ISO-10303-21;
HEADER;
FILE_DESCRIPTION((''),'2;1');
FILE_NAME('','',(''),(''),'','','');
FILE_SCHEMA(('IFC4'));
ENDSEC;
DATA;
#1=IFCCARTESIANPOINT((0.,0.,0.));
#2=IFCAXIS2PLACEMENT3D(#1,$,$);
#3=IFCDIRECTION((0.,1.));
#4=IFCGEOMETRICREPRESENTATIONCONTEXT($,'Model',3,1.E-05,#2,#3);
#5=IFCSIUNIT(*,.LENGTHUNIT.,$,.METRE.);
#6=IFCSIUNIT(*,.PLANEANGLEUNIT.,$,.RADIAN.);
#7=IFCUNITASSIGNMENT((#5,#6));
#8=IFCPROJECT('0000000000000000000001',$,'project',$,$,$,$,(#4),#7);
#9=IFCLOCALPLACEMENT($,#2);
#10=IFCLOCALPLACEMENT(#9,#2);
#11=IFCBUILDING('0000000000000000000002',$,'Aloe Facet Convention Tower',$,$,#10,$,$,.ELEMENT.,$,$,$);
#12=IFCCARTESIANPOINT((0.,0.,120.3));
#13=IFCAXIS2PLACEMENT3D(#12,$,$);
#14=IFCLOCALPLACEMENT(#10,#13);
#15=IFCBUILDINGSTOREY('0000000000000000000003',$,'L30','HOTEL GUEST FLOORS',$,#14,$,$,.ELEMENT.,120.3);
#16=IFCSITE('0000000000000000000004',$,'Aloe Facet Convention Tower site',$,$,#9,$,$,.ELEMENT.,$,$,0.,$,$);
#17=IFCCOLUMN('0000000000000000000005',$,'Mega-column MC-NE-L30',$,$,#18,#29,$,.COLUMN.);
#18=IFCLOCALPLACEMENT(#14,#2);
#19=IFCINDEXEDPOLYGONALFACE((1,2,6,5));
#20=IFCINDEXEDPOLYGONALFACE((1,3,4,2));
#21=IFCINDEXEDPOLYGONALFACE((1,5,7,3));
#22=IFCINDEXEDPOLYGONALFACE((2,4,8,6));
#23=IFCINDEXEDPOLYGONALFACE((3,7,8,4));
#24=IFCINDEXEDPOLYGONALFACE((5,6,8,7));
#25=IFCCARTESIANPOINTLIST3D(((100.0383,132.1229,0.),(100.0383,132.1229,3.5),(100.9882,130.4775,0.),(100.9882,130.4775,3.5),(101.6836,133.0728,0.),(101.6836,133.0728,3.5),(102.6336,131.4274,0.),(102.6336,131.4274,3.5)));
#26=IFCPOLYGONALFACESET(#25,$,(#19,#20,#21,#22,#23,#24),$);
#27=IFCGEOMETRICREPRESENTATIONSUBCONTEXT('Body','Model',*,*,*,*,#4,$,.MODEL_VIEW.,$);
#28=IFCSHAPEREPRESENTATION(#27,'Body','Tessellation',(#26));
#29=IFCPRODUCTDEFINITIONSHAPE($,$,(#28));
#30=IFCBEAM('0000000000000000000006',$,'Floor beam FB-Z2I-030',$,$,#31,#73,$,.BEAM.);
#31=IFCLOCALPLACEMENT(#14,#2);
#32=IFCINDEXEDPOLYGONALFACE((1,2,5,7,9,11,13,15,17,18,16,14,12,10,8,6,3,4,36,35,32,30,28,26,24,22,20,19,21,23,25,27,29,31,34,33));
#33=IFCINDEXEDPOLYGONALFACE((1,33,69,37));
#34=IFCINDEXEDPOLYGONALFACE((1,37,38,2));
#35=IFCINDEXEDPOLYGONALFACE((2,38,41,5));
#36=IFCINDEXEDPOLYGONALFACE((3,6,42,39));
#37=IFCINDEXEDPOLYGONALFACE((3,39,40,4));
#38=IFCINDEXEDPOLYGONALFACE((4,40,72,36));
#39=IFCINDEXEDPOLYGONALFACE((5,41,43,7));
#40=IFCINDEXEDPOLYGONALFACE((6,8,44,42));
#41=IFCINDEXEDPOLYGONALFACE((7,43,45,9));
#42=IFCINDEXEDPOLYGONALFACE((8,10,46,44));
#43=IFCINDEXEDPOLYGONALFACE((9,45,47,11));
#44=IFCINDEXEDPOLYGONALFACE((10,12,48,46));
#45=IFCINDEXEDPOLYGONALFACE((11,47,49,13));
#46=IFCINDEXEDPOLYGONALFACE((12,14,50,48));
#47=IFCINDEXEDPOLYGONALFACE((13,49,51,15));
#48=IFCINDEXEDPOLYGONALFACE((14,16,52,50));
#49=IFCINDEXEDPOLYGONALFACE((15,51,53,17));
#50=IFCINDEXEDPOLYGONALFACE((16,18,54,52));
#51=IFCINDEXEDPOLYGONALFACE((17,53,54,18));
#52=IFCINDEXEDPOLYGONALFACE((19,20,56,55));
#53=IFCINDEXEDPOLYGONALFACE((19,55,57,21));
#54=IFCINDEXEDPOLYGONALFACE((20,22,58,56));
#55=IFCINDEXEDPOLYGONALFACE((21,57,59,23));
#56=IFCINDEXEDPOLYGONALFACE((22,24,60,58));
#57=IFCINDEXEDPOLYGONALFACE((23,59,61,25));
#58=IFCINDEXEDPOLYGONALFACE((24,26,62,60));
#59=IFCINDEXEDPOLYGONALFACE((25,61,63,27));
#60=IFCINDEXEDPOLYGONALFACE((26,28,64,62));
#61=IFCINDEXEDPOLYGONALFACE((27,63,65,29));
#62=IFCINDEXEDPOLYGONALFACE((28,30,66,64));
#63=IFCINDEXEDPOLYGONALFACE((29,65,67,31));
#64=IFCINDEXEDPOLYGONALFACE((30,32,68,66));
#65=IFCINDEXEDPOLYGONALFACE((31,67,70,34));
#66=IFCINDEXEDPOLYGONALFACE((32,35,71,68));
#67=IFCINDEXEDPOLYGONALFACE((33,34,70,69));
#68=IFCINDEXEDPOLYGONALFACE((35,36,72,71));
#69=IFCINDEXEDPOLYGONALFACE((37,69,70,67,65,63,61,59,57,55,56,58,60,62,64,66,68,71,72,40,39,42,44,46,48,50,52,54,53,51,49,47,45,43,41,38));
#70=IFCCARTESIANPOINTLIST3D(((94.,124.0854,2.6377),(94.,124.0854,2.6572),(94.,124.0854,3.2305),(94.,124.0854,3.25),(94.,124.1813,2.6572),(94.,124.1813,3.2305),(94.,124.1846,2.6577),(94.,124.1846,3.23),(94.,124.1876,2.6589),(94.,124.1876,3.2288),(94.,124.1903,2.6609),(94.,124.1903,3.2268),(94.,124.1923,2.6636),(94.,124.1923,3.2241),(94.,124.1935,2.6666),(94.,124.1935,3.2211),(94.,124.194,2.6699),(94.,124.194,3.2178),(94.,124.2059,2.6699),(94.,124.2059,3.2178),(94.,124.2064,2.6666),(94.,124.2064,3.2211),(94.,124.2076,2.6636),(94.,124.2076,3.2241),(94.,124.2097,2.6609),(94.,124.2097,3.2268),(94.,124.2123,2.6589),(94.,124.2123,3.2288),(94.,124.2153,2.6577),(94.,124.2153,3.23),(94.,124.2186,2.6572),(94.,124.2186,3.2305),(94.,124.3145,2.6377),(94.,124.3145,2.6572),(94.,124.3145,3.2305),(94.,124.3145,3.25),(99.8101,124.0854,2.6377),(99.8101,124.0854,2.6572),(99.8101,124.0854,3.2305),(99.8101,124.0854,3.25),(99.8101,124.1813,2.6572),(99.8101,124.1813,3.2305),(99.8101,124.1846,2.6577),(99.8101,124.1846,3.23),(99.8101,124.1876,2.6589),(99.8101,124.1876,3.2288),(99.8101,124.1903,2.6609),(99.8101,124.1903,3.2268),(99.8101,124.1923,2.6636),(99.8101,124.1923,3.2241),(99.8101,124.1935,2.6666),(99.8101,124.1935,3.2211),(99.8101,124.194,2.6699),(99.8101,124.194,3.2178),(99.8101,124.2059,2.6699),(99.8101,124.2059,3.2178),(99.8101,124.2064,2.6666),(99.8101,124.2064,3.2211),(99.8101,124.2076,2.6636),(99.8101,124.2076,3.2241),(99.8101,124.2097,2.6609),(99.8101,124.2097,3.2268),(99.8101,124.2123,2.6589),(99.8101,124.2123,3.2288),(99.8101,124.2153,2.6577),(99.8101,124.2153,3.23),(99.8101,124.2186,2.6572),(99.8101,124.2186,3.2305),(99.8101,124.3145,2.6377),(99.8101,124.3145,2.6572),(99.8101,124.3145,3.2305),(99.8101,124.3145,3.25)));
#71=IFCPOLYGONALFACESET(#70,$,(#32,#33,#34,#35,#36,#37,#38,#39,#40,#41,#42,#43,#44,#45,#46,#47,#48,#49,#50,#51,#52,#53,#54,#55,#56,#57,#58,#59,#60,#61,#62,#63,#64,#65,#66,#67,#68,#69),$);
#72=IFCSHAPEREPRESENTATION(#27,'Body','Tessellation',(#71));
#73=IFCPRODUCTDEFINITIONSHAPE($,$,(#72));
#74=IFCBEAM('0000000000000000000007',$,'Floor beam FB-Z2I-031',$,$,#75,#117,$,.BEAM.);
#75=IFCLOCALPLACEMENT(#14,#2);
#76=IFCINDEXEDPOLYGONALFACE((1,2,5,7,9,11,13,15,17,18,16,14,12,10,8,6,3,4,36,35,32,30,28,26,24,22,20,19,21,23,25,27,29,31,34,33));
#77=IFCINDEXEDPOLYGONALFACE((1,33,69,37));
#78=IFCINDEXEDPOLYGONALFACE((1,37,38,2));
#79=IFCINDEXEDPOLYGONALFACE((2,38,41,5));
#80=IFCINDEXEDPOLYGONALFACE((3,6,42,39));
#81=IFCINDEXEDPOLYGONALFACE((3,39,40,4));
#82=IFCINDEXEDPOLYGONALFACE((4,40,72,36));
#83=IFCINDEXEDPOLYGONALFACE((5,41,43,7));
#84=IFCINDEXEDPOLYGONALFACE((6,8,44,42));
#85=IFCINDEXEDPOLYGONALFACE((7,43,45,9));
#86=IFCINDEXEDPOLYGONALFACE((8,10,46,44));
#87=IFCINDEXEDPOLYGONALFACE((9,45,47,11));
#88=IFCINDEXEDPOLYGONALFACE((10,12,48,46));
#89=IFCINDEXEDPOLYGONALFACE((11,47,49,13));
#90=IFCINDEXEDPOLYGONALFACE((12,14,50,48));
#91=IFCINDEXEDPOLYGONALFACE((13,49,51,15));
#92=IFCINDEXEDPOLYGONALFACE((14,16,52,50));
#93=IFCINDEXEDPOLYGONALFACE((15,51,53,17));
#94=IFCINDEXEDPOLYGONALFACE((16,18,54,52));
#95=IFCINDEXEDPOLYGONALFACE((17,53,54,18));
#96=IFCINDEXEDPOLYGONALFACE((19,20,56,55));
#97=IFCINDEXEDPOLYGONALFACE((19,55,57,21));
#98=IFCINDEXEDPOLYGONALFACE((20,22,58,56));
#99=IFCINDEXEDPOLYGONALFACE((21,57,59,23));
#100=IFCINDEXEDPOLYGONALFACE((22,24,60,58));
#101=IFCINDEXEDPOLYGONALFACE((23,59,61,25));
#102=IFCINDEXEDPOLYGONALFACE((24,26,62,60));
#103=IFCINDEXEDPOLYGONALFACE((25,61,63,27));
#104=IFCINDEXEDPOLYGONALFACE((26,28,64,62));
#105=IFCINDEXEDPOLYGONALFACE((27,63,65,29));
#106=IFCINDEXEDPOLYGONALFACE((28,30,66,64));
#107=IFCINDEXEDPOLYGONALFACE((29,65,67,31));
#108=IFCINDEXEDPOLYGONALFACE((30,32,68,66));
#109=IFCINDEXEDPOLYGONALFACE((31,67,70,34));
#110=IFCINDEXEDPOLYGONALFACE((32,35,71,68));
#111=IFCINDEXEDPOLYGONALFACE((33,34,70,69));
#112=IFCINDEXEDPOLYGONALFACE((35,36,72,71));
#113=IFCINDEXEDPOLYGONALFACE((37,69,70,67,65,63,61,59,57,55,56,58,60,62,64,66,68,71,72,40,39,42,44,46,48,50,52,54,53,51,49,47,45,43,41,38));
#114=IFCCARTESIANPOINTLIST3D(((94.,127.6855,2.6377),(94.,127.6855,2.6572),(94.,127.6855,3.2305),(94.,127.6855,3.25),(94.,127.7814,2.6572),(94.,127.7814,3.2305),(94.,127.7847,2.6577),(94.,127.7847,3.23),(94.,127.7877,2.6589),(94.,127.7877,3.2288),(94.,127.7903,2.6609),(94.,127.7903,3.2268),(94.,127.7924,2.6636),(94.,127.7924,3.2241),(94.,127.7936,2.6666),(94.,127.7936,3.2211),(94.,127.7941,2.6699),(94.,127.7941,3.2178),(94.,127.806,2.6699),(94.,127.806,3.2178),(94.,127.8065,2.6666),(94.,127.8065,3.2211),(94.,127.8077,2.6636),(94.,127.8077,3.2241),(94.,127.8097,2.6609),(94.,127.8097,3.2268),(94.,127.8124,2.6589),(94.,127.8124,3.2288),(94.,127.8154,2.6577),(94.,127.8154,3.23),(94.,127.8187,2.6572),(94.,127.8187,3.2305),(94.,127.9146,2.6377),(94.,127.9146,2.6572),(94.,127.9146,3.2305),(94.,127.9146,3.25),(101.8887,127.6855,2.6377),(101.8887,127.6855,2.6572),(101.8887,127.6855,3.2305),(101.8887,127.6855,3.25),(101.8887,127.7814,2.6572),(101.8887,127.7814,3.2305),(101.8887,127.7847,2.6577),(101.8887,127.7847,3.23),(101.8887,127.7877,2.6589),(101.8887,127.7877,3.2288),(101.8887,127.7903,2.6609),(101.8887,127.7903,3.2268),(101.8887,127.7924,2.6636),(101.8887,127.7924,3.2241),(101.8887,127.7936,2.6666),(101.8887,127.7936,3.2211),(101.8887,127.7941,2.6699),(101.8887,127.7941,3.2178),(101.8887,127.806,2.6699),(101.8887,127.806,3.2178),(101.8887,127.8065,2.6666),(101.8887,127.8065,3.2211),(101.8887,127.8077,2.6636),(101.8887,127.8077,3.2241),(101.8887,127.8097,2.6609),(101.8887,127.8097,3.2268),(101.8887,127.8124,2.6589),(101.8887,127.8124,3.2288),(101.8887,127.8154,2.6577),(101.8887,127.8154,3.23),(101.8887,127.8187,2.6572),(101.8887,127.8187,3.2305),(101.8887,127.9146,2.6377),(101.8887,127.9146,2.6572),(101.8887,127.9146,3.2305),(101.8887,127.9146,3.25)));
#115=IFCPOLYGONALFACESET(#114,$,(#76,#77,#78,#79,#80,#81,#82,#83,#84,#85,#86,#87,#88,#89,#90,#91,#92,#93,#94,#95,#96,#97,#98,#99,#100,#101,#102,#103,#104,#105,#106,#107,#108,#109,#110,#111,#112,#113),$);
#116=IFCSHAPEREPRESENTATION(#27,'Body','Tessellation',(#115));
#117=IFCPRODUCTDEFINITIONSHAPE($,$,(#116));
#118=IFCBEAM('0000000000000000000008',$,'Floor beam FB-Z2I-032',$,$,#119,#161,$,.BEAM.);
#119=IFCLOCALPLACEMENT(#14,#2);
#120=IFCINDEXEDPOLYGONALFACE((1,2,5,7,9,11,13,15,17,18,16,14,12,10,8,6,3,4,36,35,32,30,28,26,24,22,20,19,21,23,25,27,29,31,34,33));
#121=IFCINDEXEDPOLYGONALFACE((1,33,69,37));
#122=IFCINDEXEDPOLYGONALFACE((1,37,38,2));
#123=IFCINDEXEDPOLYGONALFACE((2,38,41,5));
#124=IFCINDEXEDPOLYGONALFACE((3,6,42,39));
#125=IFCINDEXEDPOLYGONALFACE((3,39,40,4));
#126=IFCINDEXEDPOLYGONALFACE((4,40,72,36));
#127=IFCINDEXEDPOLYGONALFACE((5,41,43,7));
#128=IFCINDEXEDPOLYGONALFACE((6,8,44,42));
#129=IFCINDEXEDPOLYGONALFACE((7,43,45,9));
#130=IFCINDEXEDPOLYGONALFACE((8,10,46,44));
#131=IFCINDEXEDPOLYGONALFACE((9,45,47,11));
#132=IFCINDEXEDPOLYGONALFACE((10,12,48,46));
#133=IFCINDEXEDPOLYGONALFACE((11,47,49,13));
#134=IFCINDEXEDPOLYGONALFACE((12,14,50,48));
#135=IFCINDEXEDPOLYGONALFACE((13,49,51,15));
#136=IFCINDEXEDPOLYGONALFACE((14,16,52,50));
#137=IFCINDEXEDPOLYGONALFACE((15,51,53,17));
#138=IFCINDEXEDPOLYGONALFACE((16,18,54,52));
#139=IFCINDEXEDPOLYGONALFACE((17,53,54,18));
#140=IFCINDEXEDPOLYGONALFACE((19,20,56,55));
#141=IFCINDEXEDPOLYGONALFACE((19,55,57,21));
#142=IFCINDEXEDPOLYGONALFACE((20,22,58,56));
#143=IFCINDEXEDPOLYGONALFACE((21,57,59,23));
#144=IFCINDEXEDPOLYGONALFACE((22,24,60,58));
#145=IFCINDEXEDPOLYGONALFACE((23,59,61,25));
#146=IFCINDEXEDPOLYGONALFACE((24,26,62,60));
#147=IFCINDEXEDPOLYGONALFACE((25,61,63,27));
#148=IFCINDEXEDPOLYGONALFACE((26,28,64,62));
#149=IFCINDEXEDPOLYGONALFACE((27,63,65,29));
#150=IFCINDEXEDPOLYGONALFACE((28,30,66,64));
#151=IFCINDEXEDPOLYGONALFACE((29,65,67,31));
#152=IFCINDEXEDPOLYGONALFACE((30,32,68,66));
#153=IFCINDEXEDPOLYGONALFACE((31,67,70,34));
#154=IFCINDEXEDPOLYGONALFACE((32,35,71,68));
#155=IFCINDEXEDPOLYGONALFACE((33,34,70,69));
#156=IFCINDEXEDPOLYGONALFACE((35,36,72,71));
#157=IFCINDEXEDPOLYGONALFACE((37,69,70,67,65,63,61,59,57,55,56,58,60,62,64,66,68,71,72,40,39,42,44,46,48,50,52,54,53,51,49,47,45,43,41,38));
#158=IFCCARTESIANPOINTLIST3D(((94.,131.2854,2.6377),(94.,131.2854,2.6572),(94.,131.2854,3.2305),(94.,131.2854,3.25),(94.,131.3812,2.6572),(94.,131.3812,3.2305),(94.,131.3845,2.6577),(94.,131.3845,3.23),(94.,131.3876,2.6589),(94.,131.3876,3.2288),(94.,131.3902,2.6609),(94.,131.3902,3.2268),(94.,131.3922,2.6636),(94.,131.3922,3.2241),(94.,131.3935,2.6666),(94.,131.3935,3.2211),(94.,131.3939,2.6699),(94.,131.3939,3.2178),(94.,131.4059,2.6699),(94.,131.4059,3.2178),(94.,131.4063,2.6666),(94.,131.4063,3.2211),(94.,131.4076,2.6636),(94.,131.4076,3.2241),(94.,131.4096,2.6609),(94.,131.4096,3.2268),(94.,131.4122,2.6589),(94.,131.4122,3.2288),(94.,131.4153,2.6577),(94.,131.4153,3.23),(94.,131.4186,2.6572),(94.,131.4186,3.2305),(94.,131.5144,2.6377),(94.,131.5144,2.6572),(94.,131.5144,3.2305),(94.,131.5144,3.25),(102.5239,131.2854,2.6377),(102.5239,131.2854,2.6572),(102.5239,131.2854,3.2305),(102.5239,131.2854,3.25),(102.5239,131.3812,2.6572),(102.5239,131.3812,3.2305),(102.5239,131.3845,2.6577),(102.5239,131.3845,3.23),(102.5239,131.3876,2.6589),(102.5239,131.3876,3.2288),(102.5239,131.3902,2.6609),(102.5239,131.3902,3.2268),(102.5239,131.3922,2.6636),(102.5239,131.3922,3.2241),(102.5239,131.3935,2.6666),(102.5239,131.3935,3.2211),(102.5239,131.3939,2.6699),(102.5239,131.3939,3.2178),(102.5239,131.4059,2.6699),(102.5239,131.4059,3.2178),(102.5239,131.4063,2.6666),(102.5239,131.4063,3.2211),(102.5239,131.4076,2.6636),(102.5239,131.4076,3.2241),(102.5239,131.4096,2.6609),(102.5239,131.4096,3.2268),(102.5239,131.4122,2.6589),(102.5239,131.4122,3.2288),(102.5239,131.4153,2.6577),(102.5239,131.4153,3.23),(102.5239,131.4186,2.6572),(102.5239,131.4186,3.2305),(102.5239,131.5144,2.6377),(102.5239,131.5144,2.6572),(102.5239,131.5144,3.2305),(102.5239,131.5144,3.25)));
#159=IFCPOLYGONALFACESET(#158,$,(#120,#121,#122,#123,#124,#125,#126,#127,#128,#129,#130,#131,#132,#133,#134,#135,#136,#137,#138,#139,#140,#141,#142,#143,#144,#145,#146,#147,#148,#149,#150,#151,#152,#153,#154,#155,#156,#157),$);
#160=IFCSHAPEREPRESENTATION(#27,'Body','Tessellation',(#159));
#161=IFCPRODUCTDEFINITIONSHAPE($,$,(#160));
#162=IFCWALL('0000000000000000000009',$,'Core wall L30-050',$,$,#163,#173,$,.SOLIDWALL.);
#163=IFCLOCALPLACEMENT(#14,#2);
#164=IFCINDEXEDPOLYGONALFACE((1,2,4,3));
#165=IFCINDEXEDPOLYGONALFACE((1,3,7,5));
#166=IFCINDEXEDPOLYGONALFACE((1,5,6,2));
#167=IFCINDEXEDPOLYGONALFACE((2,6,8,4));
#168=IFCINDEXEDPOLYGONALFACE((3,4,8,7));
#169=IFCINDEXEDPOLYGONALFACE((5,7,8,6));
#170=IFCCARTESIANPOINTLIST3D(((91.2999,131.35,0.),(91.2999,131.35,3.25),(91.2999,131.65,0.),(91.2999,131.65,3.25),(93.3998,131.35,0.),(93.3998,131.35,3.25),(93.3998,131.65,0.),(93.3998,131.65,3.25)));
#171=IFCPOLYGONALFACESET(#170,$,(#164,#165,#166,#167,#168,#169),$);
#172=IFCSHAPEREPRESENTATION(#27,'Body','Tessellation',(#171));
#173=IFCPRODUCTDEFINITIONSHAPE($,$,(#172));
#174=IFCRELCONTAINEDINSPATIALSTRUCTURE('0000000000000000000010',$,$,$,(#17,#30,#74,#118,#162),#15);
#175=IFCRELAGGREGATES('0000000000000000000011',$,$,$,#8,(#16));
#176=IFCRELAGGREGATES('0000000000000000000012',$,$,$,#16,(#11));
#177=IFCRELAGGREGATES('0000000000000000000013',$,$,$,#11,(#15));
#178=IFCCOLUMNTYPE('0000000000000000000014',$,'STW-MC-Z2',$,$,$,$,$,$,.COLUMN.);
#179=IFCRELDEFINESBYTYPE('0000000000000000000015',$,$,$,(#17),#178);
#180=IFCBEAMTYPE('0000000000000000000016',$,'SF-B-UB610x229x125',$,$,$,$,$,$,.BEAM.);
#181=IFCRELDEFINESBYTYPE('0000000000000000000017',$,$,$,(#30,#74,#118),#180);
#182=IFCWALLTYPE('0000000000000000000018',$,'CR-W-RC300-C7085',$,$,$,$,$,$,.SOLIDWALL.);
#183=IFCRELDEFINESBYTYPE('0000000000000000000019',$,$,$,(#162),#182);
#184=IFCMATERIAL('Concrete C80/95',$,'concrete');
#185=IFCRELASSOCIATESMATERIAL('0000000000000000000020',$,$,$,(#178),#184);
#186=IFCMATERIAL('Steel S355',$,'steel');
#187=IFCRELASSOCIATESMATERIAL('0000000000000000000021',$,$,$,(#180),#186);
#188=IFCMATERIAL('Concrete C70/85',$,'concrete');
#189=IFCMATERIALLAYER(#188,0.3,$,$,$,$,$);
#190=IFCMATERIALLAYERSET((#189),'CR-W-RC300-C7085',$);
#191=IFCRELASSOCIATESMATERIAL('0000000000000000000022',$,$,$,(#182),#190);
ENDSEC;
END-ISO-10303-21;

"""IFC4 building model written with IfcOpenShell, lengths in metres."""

from ifc_helpers import new_model, si_unit, direction, frame, frame_2d, origin, origin_2d, place, context, subcontext, project, spatial, rectangle, i_section, extrude, material, layer, layer_set, material_profile, profile_set, type_object, element, save


model = new_model("IFC4")

# Units and contexts
model_context = context("Model", 3, precision=1e-05, world=origin(), true_north=direction((0.0, 1.0)))
body_context = subcontext(model_context, "Body", "Model", "MODEL_VIEW")
ifc_project = project(units=[si_unit("LENGTHUNIT", "METRE"), si_unit("PLANEANGLEUNIT", "RADIAN")], contexts=[model_context])

# Site, building, storey
site_placement = place(None, origin())
site = spatial("IfcSite", under=ifc_project, at=site_placement, Name="Aloe Facet Convention Tower site", CompositionType="ELEMENT", RefElevation=0.0)
building_placement = place(site_placement, origin())
building = spatial("IfcBuilding", under=site, at=building_placement, Name="Aloe Facet Convention Tower", CompositionType="ELEMENT")
storey_placement = place(building_placement, frame((0.0, 0.0, 120.3)))
storey = spatial("IfcBuildingStorey", under=building, at=storey_placement, Name="L30", Description="HOTEL GUEST FLOORS", CompositionType="ELEMENT", Elevation=120.3)

# Column
ifc_material_1 = material(Name="Concrete C80/95", Category="concrete")
ifc_material_profile_1 = material_profile(ifc_material_1, rectangle(XDim=1.8999, YDim=1.8999, at=origin_2d()), Name="STW-MC-Z2")
ifc_profile_set_1 = profile_set([ifc_material_profile_1], Name="Concrete C80/95")
column_type = type_object("IfcColumnType", Name="STW-MC-Z2", PredefinedType="COLUMN", material=ifc_profile_set_1)
column_placement = place(storey_placement, frame((101.3359, 131.7751, 0.0), z_axis=(0.0, 0.0, 1.0), x_axis=(-0.5, 0.866025, 0.0)))
element("IfcColumn", 1, at=column_placement, inside=storey, type_object=column_type, Name="Mega-column MC-NE-L30", PredefinedType="COLUMN", context=body_context, shape_type="SweptSolid", body=[
    extrude(rectangle(XDim=1.8999, YDim=1.8999, at=origin_2d()), origin(), (0.0, 0.0, 1.0), 3.5),
])

# Beams
ifc_material_2 = material(Name="Steel S355", Category="steel")
ifc_material_profile_2 = material_profile(ifc_material_2, i_section(OverallWidth=0.229, OverallDepth=0.6123, WebThickness=0.012, FlangeThickness=0.0195, FilletRadius=0.0127, at=origin_2d()), Name="UB 610x229x125")
ifc_profile_set_2 = profile_set([ifc_material_profile_2], Name="Steel S355")
beam_type = type_object("IfcBeamType", Name="SF-B-UB610x229x125", PredefinedType="BEAM", material=ifc_profile_set_2)
beam_1_placement = place(storey_placement, frame((94.0, 124.2, 2.9438), z_axis=(1.0, 0.0, 0.0), x_axis=(0.0, 1.0, 0.0)))
element("IfcBeam", 2, at=beam_1_placement, inside=storey, type_object=beam_type, Name="Floor beam FB-Z2I-030", PredefinedType="BEAM", context=body_context, shape_type="SweptSolid", body=[
    extrude(i_section(OverallWidth=0.229, OverallDepth=0.6123, WebThickness=0.012, FlangeThickness=0.0195, FilletRadius=0.0127, at=origin_2d()), origin(), (0.0, 0.0, 1.0), 5.8101),
])
beam_2_placement = place(storey_placement, frame((94.0, 127.8, 2.9438), z_axis=(1.0, 0.0, 0.0), x_axis=(0.0, 1.0, 0.0)))
element("IfcBeam", 3, at=beam_2_placement, inside=storey, type_object=beam_type, Name="Floor beam FB-Z2I-031", PredefinedType="BEAM", context=body_context, shape_type="SweptSolid", body=[
    extrude(i_section(OverallWidth=0.229, OverallDepth=0.6123, WebThickness=0.012, FlangeThickness=0.0195, FilletRadius=0.0127, at=origin_2d()), origin(), (0.0, 0.0, 1.0), 7.8887),
])
beam_3_placement = place(storey_placement, frame((94.0, 131.3999, 2.9438), z_axis=(1.0, 0.0, 0.0), x_axis=(0.0, 1.0, 0.0)))
element("IfcBeam", 4, at=beam_3_placement, inside=storey, type_object=beam_type, Name="Floor beam FB-Z2I-032", PredefinedType="BEAM", context=body_context, shape_type="SweptSolid", body=[
    extrude(i_section(OverallWidth=0.229, OverallDepth=0.6123, WebThickness=0.012, FlangeThickness=0.0195, FilletRadius=0.0127, at=origin_2d()), origin(), (0.0, 0.0, 1.0), 8.5239),
])

# Wall
ifc_material_3 = material(Name="Concrete C70/85", Category="concrete")
ifc_layer_1 = layer(ifc_material_3, 0.3)
ifc_layer_set_1 = layer_set([ifc_layer_1], Name="CR-W-RC300-C7085")
wall_type_1 = type_object("IfcWallType", Name="CR-W-RC300-C7085", PredefinedType="SOLIDWALL", material=ifc_layer_set_1)
wall_1_placement = place(storey_placement, frame((91.3, 131.5, 0.0), z_axis=(0.0, 0.0, 1.0), x_axis=(1.0, 0.0, 0.0)))
element("IfcWall", 5, at=wall_1_placement, inside=storey, type_object=wall_type_1, Name="Core wall L30-050", PredefinedType="SOLIDWALL", context=body_context, shape_type="SweptSolid", body=[
    extrude(rectangle(XDim=2.0999, YDim=0.3, at=frame_2d((1.0498, 0.0))), origin(), (0.0, 0.0, 1.0), 3.25),
])

save(model, "model.ifc")
